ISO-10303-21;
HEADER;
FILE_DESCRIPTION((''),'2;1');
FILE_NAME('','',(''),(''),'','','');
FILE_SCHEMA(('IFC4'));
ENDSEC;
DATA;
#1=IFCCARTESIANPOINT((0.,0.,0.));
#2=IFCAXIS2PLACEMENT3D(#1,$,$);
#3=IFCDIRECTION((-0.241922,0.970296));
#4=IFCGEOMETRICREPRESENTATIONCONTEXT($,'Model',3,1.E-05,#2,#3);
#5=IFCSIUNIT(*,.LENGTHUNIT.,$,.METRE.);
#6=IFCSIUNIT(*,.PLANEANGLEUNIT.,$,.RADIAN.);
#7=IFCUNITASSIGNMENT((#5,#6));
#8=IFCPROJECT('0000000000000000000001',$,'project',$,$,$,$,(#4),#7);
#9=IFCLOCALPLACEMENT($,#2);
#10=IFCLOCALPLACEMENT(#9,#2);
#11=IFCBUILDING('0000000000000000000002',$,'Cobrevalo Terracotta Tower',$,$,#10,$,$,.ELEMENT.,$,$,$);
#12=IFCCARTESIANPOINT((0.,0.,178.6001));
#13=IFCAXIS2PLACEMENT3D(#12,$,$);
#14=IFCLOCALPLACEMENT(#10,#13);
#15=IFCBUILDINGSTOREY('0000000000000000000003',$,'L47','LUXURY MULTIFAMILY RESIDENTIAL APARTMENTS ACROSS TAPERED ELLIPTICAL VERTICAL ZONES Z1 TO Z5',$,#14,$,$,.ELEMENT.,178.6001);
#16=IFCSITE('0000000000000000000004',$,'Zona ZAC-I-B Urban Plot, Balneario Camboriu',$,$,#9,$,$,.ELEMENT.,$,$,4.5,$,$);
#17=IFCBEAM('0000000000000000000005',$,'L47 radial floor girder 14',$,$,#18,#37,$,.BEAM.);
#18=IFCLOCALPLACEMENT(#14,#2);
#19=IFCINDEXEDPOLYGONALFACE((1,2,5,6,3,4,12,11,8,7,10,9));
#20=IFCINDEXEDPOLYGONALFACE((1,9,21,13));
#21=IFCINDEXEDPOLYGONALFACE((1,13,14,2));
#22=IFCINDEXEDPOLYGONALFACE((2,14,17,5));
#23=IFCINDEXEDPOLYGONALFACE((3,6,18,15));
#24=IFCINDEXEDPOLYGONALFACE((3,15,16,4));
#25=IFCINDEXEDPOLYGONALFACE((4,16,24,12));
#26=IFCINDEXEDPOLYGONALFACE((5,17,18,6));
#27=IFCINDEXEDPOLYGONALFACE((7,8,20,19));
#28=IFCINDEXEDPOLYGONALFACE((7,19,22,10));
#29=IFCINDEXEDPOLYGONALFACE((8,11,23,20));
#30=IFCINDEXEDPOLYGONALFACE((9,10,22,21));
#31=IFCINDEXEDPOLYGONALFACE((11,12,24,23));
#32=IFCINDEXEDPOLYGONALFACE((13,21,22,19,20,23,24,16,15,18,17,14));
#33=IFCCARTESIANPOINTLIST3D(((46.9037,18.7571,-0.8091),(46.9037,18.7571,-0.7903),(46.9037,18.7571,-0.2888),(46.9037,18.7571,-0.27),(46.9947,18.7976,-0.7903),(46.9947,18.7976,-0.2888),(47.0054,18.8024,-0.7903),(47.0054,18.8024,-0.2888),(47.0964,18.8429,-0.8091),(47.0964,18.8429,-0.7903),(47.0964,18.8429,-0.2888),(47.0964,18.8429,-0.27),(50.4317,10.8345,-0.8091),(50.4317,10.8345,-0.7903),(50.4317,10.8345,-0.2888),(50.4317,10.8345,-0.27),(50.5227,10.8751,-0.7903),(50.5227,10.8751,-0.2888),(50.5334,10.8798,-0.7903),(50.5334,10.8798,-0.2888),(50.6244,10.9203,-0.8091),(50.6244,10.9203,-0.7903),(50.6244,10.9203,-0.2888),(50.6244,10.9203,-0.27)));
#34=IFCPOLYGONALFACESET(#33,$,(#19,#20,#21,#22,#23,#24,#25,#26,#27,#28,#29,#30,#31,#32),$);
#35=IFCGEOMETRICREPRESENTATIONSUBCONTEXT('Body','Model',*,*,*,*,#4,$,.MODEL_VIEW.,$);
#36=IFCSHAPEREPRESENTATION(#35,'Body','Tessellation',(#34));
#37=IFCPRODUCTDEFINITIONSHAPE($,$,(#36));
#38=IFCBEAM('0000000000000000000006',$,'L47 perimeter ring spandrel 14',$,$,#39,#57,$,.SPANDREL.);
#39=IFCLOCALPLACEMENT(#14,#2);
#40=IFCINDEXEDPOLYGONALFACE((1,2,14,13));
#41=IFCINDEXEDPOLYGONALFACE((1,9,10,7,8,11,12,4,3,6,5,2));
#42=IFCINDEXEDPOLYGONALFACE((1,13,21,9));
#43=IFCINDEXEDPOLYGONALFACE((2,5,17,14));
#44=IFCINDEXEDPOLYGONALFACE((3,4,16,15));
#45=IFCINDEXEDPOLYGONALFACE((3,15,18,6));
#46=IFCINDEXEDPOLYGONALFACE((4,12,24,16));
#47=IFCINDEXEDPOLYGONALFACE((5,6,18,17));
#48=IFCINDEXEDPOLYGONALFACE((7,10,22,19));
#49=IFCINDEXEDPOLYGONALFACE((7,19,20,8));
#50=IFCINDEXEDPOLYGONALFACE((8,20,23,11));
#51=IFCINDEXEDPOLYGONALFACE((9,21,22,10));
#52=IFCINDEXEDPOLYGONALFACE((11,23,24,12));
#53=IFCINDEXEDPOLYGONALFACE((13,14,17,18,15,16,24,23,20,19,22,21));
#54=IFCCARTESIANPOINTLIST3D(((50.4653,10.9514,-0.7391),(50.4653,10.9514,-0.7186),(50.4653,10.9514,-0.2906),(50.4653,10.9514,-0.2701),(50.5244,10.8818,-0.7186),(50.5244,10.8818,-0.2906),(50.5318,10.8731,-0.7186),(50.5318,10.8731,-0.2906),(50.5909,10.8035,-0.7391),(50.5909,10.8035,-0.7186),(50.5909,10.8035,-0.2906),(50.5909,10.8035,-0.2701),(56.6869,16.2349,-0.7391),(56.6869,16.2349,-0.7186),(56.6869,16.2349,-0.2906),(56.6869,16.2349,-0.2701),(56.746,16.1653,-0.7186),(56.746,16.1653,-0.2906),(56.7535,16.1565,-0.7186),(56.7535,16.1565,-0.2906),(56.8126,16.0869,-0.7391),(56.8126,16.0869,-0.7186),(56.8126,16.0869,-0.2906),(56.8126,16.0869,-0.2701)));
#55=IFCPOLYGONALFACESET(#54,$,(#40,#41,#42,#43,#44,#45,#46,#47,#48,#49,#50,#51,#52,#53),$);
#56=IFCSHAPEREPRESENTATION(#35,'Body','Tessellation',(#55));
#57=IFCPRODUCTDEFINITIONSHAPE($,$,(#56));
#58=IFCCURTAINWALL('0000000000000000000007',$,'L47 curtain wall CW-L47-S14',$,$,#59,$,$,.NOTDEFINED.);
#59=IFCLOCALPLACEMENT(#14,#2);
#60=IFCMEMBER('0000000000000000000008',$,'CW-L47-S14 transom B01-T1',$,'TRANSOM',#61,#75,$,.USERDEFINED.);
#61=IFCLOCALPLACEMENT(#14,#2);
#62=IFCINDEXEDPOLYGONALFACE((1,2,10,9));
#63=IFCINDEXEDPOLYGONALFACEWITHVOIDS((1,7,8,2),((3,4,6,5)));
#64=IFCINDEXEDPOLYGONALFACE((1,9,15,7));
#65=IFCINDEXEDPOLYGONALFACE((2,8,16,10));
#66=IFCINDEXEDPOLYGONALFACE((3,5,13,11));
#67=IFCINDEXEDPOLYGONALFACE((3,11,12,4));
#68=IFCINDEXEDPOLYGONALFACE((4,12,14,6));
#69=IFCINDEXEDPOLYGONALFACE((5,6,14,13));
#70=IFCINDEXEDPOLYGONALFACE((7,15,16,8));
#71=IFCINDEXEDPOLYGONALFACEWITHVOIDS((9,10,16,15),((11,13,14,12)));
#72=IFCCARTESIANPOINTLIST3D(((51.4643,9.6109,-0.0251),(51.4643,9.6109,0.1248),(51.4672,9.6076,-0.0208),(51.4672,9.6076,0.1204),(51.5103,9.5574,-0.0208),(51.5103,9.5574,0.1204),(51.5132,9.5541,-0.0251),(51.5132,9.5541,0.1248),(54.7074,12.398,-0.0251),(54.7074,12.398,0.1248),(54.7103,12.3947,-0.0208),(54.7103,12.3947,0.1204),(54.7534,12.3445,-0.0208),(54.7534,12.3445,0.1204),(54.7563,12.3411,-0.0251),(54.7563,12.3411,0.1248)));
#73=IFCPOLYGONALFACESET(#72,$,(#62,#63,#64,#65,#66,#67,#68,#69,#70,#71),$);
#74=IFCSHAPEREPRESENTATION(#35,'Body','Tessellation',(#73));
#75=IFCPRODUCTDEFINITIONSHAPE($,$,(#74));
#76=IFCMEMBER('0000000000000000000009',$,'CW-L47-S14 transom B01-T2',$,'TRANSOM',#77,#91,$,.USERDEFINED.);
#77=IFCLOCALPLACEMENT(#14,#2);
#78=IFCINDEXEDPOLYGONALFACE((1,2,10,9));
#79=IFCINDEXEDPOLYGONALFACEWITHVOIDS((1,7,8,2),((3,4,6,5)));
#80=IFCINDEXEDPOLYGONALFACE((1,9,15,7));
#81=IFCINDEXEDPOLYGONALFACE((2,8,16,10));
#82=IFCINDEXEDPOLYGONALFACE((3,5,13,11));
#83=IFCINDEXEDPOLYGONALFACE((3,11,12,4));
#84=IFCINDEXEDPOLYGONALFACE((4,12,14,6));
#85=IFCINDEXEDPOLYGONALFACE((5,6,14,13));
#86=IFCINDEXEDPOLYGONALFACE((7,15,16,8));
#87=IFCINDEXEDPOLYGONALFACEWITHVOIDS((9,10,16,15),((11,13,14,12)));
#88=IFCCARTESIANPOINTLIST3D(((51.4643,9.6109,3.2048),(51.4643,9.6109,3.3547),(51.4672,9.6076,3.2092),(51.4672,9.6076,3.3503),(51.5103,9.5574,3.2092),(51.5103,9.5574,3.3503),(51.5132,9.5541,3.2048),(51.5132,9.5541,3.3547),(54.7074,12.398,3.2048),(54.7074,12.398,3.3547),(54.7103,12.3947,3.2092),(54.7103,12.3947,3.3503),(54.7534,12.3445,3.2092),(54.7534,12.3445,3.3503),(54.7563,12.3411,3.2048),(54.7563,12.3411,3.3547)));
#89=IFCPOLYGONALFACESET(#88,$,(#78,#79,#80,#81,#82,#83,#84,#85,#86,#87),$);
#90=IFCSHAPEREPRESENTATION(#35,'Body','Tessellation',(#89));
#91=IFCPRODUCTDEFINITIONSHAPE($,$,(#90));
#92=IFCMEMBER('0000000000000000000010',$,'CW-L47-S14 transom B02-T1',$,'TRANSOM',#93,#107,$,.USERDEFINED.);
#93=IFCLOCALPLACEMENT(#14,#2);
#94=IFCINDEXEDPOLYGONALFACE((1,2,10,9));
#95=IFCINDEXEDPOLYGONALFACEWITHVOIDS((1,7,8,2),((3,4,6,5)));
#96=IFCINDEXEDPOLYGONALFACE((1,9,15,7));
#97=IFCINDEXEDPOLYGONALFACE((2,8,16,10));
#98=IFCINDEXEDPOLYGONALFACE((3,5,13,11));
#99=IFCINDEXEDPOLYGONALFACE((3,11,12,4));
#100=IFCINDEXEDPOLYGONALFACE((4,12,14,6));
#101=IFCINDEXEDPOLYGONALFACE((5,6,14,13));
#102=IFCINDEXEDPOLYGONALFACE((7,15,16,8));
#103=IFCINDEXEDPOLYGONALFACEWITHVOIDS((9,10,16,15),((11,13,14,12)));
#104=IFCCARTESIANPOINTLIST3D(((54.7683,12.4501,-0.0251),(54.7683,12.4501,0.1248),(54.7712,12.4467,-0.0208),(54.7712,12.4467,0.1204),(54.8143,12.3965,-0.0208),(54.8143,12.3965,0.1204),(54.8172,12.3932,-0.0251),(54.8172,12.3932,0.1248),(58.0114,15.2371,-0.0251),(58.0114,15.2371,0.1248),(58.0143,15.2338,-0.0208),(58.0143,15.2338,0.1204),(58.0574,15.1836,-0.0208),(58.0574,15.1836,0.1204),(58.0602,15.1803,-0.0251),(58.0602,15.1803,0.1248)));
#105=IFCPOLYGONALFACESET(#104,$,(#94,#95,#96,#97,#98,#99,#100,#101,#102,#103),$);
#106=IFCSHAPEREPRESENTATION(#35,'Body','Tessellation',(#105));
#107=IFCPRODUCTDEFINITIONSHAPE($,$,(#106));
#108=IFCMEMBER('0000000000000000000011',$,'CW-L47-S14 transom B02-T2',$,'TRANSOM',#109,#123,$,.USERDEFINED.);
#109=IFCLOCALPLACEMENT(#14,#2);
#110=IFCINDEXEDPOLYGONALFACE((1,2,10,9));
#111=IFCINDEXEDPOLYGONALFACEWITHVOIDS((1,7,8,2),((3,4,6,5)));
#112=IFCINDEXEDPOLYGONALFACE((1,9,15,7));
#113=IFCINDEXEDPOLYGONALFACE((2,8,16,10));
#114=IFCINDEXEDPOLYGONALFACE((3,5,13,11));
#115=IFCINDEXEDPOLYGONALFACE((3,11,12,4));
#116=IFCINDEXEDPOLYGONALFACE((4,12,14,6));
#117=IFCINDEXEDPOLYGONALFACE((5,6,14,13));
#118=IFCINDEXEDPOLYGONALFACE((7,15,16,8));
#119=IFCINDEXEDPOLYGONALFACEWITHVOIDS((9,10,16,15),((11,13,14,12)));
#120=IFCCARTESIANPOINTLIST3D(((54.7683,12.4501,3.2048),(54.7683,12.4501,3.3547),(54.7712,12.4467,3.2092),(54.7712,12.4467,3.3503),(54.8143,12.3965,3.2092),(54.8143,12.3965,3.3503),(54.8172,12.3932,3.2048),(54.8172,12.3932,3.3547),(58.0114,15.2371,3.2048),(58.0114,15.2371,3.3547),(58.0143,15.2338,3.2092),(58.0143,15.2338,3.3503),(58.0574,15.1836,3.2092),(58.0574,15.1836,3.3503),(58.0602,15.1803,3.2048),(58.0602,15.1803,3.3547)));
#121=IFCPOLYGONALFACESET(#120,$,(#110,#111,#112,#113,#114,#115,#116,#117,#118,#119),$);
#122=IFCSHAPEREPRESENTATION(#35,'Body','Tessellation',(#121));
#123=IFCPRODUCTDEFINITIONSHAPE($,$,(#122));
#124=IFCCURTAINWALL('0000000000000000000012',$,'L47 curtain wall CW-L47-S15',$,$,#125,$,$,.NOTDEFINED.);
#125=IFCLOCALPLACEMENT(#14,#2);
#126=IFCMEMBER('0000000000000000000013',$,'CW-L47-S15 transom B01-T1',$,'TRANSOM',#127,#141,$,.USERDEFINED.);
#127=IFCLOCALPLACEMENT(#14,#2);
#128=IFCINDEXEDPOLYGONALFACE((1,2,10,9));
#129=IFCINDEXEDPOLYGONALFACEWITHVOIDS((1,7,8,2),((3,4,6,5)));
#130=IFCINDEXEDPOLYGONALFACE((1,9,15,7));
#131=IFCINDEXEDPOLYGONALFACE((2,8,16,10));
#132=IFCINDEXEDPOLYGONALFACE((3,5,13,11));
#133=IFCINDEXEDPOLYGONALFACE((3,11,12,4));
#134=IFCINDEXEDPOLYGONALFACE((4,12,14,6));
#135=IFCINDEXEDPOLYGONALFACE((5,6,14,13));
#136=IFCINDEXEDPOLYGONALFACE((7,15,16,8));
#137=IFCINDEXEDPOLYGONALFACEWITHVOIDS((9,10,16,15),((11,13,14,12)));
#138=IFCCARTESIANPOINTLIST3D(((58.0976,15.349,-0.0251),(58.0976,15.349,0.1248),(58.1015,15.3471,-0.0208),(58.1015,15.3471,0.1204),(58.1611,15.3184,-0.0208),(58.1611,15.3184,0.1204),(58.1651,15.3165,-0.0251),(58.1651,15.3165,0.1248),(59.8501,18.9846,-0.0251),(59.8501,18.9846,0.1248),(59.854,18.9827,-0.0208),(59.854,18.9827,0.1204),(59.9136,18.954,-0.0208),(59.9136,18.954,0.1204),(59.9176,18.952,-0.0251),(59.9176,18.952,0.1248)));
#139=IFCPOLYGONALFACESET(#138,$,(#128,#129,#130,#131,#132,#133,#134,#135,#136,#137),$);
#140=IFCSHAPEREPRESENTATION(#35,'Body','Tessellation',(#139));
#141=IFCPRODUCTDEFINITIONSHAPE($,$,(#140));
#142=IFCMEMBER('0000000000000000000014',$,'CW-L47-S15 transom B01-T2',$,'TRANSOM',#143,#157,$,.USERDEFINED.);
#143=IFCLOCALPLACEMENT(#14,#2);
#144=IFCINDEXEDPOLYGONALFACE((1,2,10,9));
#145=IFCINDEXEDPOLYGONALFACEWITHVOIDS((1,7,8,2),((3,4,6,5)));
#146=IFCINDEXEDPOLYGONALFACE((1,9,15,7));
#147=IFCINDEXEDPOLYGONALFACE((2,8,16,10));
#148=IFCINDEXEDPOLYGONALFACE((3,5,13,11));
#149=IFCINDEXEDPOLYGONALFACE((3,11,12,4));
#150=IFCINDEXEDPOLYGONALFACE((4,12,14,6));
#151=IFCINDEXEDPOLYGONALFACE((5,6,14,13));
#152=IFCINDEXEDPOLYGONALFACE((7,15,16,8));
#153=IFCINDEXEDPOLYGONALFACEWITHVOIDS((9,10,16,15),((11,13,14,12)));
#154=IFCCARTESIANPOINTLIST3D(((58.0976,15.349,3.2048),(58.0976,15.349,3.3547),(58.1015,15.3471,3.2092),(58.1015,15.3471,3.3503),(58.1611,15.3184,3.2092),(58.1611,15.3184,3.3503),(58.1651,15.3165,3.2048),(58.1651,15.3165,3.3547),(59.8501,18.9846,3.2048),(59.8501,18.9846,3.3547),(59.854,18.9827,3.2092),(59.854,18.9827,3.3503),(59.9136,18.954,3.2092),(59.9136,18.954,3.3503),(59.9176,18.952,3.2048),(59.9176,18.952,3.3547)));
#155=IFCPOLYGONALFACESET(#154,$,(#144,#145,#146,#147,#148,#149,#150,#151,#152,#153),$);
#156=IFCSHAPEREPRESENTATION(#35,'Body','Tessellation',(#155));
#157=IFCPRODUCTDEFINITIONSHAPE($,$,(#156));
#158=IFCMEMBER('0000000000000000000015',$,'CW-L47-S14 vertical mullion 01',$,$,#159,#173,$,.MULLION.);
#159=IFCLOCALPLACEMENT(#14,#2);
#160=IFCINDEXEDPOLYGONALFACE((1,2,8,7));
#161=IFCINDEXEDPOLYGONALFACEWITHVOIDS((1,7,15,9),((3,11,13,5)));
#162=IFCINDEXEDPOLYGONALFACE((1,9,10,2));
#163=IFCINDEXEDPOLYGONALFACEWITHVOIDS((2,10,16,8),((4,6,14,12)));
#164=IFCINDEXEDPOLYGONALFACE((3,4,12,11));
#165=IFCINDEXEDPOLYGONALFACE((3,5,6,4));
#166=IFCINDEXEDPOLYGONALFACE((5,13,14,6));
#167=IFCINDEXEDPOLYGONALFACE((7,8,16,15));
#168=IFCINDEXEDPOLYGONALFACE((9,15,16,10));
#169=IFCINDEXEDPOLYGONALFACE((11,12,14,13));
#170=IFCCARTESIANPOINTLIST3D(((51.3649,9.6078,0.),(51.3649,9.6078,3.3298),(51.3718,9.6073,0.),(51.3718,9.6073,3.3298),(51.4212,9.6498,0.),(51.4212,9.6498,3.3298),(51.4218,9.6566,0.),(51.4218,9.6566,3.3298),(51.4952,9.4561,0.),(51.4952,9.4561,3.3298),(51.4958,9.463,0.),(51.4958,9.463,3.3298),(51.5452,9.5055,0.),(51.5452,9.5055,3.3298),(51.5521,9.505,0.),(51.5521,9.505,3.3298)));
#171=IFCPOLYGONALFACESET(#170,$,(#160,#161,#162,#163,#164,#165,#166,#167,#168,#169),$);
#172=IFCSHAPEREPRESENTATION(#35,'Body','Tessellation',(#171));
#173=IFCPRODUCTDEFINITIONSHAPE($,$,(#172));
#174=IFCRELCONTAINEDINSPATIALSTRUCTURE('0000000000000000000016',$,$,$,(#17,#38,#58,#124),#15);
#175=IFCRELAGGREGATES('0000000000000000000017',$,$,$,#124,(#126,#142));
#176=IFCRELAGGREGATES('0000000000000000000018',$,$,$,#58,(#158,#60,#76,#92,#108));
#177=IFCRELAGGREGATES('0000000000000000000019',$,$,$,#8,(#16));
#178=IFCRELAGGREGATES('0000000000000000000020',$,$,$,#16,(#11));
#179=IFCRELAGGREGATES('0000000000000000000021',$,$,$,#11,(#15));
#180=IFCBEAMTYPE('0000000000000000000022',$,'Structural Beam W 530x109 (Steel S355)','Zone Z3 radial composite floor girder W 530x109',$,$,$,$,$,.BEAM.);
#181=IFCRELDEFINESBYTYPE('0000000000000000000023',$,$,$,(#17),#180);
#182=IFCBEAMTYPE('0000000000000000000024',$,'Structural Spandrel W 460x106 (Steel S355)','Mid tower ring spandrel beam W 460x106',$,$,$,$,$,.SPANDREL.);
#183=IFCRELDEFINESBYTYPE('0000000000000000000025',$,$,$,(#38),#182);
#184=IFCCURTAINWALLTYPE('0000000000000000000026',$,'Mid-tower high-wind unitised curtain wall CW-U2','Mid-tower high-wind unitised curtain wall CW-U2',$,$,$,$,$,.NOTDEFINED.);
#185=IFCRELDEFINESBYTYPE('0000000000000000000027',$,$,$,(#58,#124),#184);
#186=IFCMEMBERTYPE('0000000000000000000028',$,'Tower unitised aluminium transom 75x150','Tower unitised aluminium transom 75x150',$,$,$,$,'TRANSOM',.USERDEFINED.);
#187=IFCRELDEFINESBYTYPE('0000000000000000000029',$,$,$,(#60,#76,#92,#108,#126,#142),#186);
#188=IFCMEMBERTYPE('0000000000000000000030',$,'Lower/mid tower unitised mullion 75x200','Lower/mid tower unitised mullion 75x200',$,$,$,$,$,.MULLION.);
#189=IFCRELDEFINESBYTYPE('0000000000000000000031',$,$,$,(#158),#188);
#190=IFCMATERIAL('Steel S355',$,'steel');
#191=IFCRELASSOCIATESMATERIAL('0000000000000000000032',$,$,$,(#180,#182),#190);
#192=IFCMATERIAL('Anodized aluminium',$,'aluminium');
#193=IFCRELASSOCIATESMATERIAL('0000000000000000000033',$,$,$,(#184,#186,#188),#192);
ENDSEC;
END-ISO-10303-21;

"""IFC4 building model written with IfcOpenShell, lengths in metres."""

from ifc_helpers import new_model, si_unit, direction, frame, origin, origin_2d, place, context, subcontext, project, spatial, hollow_rectangle, i_section, extrude, source, transform, mapped, material, material_profile, profile_set, type_object, element, aggregate, save


model = new_model("IFC4")

# Units and contexts
model_context = context("Model", 3, precision=1e-05, world=origin(), true_north=direction((-0.241922, 0.970296)))
body_context = subcontext(model_context, "Body", "Model", "MODEL_VIEW")
ifc_project = project(units=[si_unit("LENGTHUNIT", "METRE"), si_unit("PLANEANGLEUNIT", "RADIAN")], contexts=[model_context])

# Site, building, storey
site_placement = place(None, origin())
site = spatial("IfcSite", under=ifc_project, at=site_placement, Name="Zona ZAC-I-B Urban Plot, Balneario Camboriu", CompositionType="ELEMENT", RefElevation=4.5)
building_placement = place(site_placement, origin())
building = spatial("IfcBuilding", under=site, at=building_placement, Name="Cobrevalo Terracotta Tower", CompositionType="ELEMENT")
storey_placement = place(building_placement, frame((0.0, 0.0, 178.6001)))
storey = spatial("IfcBuildingStorey", under=building, at=storey_placement, Name="L47", Description="LUXURY MULTIFAMILY RESIDENTIAL APARTMENTS ACROSS TAPERED ELLIPTICAL VERTICAL ZONES Z1 TO Z5", CompositionType="ELEMENT", Elevation=178.6001)

# Shared definitions
ifc_material_1 = material(Name="Steel S355", Category="steel")

# Beams
ifc_material_profile_1 = material_profile(ifc_material_1, i_section(OverallWidth=0.2109, OverallDepth=0.5391, WebThickness=0.0117, FlangeThickness=0.0188, at=origin_2d()), Name="W 530x109")
ifc_profile_set_1 = profile_set([ifc_material_profile_1], Name="Steel S355")
beam_type_1 = type_object("IfcBeamType", Name="Structural Beam W 530x109 (Steel S355)", Description="Zone Z3 radial composite floor girder W 530x109", PredefinedType="BEAM", material=ifc_profile_set_1)
beam_1_placement = place(storey_placement, frame((50.5281, 10.8774, -0.5396), z_axis=(-0.406804, 0.913515, 0.0), x_axis=(-0.913515, -0.406804, 0.0)))
element("IfcBeam", 1, at=beam_1_placement, inside=storey, type_object=beam_type_1, Name="L47 radial floor girder 14", PredefinedType="BEAM", context=body_context, shape_type="SweptSolid", body=[
    extrude(i_section(OverallWidth=0.2109, OverallDepth=0.5391, WebThickness=0.0117, FlangeThickness=0.0188, at=origin_2d()), origin(), (0.0, 0.0, 1.0), 8.6726),
])
ifc_material_profile_2 = material_profile(ifc_material_1, i_section(OverallWidth=0.1941, OverallDepth=0.469, WebThickness=0.0115, FlangeThickness=0.0205, at=origin_2d()), Name="W 460x106")
ifc_profile_set_2 = profile_set([ifc_material_profile_2], Name="Steel S355")
beam_type_2 = type_object("IfcBeamType", Name="Structural Spandrel W 460x106 (Steel S355)", Description="Mid tower ring spandrel beam W 460x106", PredefinedType="SPANDREL", material=ifc_profile_set_2)
beam_2_placement = place(storey_placement, frame((50.5281, 10.8774, -0.5046), z_axis=(0.76224, 0.647294, 0.0), x_axis=(-0.647294, 0.76224, 0.0)))
element("IfcBeam", 2, at=beam_2_placement, inside=storey, type_object=beam_type_2, Name="L47 perimeter ring spandrel 14", PredefinedType="SPANDREL", context=body_context, shape_type="SweptSolid", body=[
    extrude(i_section(OverallWidth=0.1941, OverallDepth=0.469, WebThickness=0.0115, FlangeThickness=0.0205, at=origin_2d()), origin(), (0.0, 0.0, 1.0), 8.1624),
])

# Curtain walls, members
ifc_material_2 = material(Name="Anodized aluminium", Category="aluminium")
curtain_wall_type = type_object("IfcCurtainWallType", Name="Mid-tower high-wind unitised curtain wall CW-U2", Description="Mid-tower high-wind unitised curtain wall CW-U2", PredefinedType="NOTDEFINED", material=ifc_material_2)
curtain_wall_1_placement = place(storey_placement, origin())
curtain_wall_1 = element("IfcCurtainWall", 3, at=curtain_wall_1_placement, inside=storey, type_object=curtain_wall_type, Name="L47 curtain wall CW-L47-S14", PredefinedType="NOTDEFINED")
ifc_material_profile_3 = material_profile(ifc_material_2, hollow_rectangle(XDim=0.075, YDim=0.1499, WallThickness=0.0044, at=origin_2d()), Name="CWT 75x150")
ifc_profile_set_3 = profile_set([ifc_material_profile_3], Name="Anodized aluminium")
member_type_1 = type_object("IfcMemberType", Name="Tower unitised aluminium transom 75x150", Description="Tower unitised aluminium transom 75x150", ElementType="TRANSOM", PredefinedType="USERDEFINED", material=ifc_profile_set_3)
shared_shape_1 = source(origin(), body_context, "Body", "SweptSolid", [
    extrude(hollow_rectangle(XDim=0.075, YDim=0.1499, WallThickness=0.0044, at=origin_2d()), origin(), (0.0, 0.0, 1.0), 4.2761),
])
member_1_placement = place(storey_placement, frame((51.4888, 9.5825, 0.0498), z_axis=(0.758418, 0.651769, 0.0), x_axis=(-0.651769, 0.758418, 0.0)))
member_1 = element("IfcMember", 4, at=member_1_placement, type_object=member_type_1, Name="CW-L47-S14 transom B01-T1", ObjectType="TRANSOM", PredefinedType="USERDEFINED", context=body_context, shape_type="MappedRepresentation", body=[
    mapped(shared_shape_1, transform((0.0, 0.0, 0.0), scale=1.0)),
])
member_2_placement = place(storey_placement, frame((51.4888, 9.5825, 3.2798), z_axis=(0.758418, 0.651769, 0.0), x_axis=(-0.651769, 0.758418, 0.0)))
member_2 = element("IfcMember", 5, at=member_2_placement, type_object=member_type_1, Name="CW-L47-S14 transom B01-T2", ObjectType="TRANSOM", PredefinedType="USERDEFINED", context=body_context, shape_type="MappedRepresentation", body=[
    mapped(shared_shape_1, transform((0.0, 0.0, 0.0), scale=1.0)),
])
member_3_placement = place(storey_placement, frame((54.7927, 12.4216, 0.0498), z_axis=(0.758418, 0.651769, 0.0), x_axis=(-0.651769, 0.758418, 0.0)))
member_3 = element("IfcMember", 6, at=member_3_placement, type_object=member_type_1, Name="CW-L47-S14 transom B02-T1", ObjectType="TRANSOM", PredefinedType="USERDEFINED", context=body_context, shape_type="MappedRepresentation", body=[
    mapped(shared_shape_1, transform((0.0, 0.0, 0.0), scale=1.0)),
])
member_4_placement = place(storey_placement, frame((54.7927, 12.4216, 3.2798), z_axis=(0.758418, 0.651769, 0.0), x_axis=(-0.651769, 0.758418, 0.0)))
member_4 = element("IfcMember", 7, at=member_4_placement, type_object=member_type_1, Name="CW-L47-S14 transom B02-T2", ObjectType="TRANSOM", PredefinedType="USERDEFINED", context=body_context, shape_type="MappedRepresentation", body=[
    mapped(shared_shape_1, transform((0.0, 0.0, 0.0), scale=1.0)),
])
curtain_wall_2_placement = place(storey_placement, origin())
curtain_wall_2 = element("IfcCurtainWall", 8, at=curtain_wall_2_placement, inside=storey, type_object=curtain_wall_type, Name="L47 curtain wall CW-L47-S15", PredefinedType="NOTDEFINED")
shared_shape_2 = source(origin(), body_context, "Body", "SweptSolid", [
    extrude(hollow_rectangle(XDim=0.075, YDim=0.1499, WallThickness=0.0044, at=origin_2d()), origin(), (0.0, 0.0, 1.0), 4.0359),
])
member_5_placement = place(storey_placement, frame((58.1313, 15.3328, 0.0498), z_axis=(0.434221, 0.900806, 0.0), x_axis=(-0.900806, 0.434221, 0.0)))
member_5 = element("IfcMember", 9, at=member_5_placement, type_object=member_type_1, Name="CW-L47-S15 transom B01-T1", ObjectType="TRANSOM", PredefinedType="USERDEFINED", context=body_context, shape_type="MappedRepresentation", body=[
    mapped(shared_shape_2, transform((0.0, 0.0, 0.0), scale=1.0)),
])
member_6_placement = place(storey_placement, frame((58.1313, 15.3328, 3.2798), z_axis=(0.434221, 0.900806, 0.0), x_axis=(-0.900806, 0.434221, 0.0)))
member_6 = element("IfcMember", 10, at=member_6_placement, type_object=member_type_1, Name="CW-L47-S15 transom B01-T2", ObjectType="TRANSOM", PredefinedType="USERDEFINED", context=body_context, shape_type="MappedRepresentation", body=[
    mapped(shared_shape_2, transform((0.0, 0.0, 0.0), scale=1.0)),
])

# Member
ifc_material_profile_4 = material_profile(ifc_material_2, hollow_rectangle(XDim=0.075, YDim=0.2, WallThickness=0.0049, at=origin_2d()), Name="CWM 75x200")
ifc_profile_set_4 = profile_set([ifc_material_profile_4], Name="Anodized aluminium")
member_type_2 = type_object("IfcMemberType", Name="Lower/mid tower unitised mullion 75x200", Description="Lower/mid tower unitised mullion 75x200", PredefinedType="MULLION", material=ifc_profile_set_4)
shared_shape_3 = source(origin(), body_context, "Body", "SweptSolid", [
    extrude(hollow_rectangle(XDim=0.075, YDim=0.2, WallThickness=0.0049, at=origin_2d()), origin(), (0.0, 0.0, 1.0), 3.3298),
])
member_7_placement = place(storey_placement, frame((51.4585, 9.5564, 0.0), z_axis=(0.0, 0.0, 1.0), x_axis=(0.758442, 0.651741, 0.0)))
member_7 = element("IfcMember", 11, at=member_7_placement, type_object=member_type_2, Name="CW-L47-S14 vertical mullion 01", PredefinedType="MULLION", context=body_context, shape_type="MappedRepresentation", body=[
    mapped(shared_shape_3, transform((0.0, 0.0, 0.0), scale=1.0)),
])
aggregate(curtain_wall_2, [member_5, member_6])

aggregate(curtain_wall_1, [member_7, member_1, member_2, member_3, member_4])

save(model, "model.ifc")
